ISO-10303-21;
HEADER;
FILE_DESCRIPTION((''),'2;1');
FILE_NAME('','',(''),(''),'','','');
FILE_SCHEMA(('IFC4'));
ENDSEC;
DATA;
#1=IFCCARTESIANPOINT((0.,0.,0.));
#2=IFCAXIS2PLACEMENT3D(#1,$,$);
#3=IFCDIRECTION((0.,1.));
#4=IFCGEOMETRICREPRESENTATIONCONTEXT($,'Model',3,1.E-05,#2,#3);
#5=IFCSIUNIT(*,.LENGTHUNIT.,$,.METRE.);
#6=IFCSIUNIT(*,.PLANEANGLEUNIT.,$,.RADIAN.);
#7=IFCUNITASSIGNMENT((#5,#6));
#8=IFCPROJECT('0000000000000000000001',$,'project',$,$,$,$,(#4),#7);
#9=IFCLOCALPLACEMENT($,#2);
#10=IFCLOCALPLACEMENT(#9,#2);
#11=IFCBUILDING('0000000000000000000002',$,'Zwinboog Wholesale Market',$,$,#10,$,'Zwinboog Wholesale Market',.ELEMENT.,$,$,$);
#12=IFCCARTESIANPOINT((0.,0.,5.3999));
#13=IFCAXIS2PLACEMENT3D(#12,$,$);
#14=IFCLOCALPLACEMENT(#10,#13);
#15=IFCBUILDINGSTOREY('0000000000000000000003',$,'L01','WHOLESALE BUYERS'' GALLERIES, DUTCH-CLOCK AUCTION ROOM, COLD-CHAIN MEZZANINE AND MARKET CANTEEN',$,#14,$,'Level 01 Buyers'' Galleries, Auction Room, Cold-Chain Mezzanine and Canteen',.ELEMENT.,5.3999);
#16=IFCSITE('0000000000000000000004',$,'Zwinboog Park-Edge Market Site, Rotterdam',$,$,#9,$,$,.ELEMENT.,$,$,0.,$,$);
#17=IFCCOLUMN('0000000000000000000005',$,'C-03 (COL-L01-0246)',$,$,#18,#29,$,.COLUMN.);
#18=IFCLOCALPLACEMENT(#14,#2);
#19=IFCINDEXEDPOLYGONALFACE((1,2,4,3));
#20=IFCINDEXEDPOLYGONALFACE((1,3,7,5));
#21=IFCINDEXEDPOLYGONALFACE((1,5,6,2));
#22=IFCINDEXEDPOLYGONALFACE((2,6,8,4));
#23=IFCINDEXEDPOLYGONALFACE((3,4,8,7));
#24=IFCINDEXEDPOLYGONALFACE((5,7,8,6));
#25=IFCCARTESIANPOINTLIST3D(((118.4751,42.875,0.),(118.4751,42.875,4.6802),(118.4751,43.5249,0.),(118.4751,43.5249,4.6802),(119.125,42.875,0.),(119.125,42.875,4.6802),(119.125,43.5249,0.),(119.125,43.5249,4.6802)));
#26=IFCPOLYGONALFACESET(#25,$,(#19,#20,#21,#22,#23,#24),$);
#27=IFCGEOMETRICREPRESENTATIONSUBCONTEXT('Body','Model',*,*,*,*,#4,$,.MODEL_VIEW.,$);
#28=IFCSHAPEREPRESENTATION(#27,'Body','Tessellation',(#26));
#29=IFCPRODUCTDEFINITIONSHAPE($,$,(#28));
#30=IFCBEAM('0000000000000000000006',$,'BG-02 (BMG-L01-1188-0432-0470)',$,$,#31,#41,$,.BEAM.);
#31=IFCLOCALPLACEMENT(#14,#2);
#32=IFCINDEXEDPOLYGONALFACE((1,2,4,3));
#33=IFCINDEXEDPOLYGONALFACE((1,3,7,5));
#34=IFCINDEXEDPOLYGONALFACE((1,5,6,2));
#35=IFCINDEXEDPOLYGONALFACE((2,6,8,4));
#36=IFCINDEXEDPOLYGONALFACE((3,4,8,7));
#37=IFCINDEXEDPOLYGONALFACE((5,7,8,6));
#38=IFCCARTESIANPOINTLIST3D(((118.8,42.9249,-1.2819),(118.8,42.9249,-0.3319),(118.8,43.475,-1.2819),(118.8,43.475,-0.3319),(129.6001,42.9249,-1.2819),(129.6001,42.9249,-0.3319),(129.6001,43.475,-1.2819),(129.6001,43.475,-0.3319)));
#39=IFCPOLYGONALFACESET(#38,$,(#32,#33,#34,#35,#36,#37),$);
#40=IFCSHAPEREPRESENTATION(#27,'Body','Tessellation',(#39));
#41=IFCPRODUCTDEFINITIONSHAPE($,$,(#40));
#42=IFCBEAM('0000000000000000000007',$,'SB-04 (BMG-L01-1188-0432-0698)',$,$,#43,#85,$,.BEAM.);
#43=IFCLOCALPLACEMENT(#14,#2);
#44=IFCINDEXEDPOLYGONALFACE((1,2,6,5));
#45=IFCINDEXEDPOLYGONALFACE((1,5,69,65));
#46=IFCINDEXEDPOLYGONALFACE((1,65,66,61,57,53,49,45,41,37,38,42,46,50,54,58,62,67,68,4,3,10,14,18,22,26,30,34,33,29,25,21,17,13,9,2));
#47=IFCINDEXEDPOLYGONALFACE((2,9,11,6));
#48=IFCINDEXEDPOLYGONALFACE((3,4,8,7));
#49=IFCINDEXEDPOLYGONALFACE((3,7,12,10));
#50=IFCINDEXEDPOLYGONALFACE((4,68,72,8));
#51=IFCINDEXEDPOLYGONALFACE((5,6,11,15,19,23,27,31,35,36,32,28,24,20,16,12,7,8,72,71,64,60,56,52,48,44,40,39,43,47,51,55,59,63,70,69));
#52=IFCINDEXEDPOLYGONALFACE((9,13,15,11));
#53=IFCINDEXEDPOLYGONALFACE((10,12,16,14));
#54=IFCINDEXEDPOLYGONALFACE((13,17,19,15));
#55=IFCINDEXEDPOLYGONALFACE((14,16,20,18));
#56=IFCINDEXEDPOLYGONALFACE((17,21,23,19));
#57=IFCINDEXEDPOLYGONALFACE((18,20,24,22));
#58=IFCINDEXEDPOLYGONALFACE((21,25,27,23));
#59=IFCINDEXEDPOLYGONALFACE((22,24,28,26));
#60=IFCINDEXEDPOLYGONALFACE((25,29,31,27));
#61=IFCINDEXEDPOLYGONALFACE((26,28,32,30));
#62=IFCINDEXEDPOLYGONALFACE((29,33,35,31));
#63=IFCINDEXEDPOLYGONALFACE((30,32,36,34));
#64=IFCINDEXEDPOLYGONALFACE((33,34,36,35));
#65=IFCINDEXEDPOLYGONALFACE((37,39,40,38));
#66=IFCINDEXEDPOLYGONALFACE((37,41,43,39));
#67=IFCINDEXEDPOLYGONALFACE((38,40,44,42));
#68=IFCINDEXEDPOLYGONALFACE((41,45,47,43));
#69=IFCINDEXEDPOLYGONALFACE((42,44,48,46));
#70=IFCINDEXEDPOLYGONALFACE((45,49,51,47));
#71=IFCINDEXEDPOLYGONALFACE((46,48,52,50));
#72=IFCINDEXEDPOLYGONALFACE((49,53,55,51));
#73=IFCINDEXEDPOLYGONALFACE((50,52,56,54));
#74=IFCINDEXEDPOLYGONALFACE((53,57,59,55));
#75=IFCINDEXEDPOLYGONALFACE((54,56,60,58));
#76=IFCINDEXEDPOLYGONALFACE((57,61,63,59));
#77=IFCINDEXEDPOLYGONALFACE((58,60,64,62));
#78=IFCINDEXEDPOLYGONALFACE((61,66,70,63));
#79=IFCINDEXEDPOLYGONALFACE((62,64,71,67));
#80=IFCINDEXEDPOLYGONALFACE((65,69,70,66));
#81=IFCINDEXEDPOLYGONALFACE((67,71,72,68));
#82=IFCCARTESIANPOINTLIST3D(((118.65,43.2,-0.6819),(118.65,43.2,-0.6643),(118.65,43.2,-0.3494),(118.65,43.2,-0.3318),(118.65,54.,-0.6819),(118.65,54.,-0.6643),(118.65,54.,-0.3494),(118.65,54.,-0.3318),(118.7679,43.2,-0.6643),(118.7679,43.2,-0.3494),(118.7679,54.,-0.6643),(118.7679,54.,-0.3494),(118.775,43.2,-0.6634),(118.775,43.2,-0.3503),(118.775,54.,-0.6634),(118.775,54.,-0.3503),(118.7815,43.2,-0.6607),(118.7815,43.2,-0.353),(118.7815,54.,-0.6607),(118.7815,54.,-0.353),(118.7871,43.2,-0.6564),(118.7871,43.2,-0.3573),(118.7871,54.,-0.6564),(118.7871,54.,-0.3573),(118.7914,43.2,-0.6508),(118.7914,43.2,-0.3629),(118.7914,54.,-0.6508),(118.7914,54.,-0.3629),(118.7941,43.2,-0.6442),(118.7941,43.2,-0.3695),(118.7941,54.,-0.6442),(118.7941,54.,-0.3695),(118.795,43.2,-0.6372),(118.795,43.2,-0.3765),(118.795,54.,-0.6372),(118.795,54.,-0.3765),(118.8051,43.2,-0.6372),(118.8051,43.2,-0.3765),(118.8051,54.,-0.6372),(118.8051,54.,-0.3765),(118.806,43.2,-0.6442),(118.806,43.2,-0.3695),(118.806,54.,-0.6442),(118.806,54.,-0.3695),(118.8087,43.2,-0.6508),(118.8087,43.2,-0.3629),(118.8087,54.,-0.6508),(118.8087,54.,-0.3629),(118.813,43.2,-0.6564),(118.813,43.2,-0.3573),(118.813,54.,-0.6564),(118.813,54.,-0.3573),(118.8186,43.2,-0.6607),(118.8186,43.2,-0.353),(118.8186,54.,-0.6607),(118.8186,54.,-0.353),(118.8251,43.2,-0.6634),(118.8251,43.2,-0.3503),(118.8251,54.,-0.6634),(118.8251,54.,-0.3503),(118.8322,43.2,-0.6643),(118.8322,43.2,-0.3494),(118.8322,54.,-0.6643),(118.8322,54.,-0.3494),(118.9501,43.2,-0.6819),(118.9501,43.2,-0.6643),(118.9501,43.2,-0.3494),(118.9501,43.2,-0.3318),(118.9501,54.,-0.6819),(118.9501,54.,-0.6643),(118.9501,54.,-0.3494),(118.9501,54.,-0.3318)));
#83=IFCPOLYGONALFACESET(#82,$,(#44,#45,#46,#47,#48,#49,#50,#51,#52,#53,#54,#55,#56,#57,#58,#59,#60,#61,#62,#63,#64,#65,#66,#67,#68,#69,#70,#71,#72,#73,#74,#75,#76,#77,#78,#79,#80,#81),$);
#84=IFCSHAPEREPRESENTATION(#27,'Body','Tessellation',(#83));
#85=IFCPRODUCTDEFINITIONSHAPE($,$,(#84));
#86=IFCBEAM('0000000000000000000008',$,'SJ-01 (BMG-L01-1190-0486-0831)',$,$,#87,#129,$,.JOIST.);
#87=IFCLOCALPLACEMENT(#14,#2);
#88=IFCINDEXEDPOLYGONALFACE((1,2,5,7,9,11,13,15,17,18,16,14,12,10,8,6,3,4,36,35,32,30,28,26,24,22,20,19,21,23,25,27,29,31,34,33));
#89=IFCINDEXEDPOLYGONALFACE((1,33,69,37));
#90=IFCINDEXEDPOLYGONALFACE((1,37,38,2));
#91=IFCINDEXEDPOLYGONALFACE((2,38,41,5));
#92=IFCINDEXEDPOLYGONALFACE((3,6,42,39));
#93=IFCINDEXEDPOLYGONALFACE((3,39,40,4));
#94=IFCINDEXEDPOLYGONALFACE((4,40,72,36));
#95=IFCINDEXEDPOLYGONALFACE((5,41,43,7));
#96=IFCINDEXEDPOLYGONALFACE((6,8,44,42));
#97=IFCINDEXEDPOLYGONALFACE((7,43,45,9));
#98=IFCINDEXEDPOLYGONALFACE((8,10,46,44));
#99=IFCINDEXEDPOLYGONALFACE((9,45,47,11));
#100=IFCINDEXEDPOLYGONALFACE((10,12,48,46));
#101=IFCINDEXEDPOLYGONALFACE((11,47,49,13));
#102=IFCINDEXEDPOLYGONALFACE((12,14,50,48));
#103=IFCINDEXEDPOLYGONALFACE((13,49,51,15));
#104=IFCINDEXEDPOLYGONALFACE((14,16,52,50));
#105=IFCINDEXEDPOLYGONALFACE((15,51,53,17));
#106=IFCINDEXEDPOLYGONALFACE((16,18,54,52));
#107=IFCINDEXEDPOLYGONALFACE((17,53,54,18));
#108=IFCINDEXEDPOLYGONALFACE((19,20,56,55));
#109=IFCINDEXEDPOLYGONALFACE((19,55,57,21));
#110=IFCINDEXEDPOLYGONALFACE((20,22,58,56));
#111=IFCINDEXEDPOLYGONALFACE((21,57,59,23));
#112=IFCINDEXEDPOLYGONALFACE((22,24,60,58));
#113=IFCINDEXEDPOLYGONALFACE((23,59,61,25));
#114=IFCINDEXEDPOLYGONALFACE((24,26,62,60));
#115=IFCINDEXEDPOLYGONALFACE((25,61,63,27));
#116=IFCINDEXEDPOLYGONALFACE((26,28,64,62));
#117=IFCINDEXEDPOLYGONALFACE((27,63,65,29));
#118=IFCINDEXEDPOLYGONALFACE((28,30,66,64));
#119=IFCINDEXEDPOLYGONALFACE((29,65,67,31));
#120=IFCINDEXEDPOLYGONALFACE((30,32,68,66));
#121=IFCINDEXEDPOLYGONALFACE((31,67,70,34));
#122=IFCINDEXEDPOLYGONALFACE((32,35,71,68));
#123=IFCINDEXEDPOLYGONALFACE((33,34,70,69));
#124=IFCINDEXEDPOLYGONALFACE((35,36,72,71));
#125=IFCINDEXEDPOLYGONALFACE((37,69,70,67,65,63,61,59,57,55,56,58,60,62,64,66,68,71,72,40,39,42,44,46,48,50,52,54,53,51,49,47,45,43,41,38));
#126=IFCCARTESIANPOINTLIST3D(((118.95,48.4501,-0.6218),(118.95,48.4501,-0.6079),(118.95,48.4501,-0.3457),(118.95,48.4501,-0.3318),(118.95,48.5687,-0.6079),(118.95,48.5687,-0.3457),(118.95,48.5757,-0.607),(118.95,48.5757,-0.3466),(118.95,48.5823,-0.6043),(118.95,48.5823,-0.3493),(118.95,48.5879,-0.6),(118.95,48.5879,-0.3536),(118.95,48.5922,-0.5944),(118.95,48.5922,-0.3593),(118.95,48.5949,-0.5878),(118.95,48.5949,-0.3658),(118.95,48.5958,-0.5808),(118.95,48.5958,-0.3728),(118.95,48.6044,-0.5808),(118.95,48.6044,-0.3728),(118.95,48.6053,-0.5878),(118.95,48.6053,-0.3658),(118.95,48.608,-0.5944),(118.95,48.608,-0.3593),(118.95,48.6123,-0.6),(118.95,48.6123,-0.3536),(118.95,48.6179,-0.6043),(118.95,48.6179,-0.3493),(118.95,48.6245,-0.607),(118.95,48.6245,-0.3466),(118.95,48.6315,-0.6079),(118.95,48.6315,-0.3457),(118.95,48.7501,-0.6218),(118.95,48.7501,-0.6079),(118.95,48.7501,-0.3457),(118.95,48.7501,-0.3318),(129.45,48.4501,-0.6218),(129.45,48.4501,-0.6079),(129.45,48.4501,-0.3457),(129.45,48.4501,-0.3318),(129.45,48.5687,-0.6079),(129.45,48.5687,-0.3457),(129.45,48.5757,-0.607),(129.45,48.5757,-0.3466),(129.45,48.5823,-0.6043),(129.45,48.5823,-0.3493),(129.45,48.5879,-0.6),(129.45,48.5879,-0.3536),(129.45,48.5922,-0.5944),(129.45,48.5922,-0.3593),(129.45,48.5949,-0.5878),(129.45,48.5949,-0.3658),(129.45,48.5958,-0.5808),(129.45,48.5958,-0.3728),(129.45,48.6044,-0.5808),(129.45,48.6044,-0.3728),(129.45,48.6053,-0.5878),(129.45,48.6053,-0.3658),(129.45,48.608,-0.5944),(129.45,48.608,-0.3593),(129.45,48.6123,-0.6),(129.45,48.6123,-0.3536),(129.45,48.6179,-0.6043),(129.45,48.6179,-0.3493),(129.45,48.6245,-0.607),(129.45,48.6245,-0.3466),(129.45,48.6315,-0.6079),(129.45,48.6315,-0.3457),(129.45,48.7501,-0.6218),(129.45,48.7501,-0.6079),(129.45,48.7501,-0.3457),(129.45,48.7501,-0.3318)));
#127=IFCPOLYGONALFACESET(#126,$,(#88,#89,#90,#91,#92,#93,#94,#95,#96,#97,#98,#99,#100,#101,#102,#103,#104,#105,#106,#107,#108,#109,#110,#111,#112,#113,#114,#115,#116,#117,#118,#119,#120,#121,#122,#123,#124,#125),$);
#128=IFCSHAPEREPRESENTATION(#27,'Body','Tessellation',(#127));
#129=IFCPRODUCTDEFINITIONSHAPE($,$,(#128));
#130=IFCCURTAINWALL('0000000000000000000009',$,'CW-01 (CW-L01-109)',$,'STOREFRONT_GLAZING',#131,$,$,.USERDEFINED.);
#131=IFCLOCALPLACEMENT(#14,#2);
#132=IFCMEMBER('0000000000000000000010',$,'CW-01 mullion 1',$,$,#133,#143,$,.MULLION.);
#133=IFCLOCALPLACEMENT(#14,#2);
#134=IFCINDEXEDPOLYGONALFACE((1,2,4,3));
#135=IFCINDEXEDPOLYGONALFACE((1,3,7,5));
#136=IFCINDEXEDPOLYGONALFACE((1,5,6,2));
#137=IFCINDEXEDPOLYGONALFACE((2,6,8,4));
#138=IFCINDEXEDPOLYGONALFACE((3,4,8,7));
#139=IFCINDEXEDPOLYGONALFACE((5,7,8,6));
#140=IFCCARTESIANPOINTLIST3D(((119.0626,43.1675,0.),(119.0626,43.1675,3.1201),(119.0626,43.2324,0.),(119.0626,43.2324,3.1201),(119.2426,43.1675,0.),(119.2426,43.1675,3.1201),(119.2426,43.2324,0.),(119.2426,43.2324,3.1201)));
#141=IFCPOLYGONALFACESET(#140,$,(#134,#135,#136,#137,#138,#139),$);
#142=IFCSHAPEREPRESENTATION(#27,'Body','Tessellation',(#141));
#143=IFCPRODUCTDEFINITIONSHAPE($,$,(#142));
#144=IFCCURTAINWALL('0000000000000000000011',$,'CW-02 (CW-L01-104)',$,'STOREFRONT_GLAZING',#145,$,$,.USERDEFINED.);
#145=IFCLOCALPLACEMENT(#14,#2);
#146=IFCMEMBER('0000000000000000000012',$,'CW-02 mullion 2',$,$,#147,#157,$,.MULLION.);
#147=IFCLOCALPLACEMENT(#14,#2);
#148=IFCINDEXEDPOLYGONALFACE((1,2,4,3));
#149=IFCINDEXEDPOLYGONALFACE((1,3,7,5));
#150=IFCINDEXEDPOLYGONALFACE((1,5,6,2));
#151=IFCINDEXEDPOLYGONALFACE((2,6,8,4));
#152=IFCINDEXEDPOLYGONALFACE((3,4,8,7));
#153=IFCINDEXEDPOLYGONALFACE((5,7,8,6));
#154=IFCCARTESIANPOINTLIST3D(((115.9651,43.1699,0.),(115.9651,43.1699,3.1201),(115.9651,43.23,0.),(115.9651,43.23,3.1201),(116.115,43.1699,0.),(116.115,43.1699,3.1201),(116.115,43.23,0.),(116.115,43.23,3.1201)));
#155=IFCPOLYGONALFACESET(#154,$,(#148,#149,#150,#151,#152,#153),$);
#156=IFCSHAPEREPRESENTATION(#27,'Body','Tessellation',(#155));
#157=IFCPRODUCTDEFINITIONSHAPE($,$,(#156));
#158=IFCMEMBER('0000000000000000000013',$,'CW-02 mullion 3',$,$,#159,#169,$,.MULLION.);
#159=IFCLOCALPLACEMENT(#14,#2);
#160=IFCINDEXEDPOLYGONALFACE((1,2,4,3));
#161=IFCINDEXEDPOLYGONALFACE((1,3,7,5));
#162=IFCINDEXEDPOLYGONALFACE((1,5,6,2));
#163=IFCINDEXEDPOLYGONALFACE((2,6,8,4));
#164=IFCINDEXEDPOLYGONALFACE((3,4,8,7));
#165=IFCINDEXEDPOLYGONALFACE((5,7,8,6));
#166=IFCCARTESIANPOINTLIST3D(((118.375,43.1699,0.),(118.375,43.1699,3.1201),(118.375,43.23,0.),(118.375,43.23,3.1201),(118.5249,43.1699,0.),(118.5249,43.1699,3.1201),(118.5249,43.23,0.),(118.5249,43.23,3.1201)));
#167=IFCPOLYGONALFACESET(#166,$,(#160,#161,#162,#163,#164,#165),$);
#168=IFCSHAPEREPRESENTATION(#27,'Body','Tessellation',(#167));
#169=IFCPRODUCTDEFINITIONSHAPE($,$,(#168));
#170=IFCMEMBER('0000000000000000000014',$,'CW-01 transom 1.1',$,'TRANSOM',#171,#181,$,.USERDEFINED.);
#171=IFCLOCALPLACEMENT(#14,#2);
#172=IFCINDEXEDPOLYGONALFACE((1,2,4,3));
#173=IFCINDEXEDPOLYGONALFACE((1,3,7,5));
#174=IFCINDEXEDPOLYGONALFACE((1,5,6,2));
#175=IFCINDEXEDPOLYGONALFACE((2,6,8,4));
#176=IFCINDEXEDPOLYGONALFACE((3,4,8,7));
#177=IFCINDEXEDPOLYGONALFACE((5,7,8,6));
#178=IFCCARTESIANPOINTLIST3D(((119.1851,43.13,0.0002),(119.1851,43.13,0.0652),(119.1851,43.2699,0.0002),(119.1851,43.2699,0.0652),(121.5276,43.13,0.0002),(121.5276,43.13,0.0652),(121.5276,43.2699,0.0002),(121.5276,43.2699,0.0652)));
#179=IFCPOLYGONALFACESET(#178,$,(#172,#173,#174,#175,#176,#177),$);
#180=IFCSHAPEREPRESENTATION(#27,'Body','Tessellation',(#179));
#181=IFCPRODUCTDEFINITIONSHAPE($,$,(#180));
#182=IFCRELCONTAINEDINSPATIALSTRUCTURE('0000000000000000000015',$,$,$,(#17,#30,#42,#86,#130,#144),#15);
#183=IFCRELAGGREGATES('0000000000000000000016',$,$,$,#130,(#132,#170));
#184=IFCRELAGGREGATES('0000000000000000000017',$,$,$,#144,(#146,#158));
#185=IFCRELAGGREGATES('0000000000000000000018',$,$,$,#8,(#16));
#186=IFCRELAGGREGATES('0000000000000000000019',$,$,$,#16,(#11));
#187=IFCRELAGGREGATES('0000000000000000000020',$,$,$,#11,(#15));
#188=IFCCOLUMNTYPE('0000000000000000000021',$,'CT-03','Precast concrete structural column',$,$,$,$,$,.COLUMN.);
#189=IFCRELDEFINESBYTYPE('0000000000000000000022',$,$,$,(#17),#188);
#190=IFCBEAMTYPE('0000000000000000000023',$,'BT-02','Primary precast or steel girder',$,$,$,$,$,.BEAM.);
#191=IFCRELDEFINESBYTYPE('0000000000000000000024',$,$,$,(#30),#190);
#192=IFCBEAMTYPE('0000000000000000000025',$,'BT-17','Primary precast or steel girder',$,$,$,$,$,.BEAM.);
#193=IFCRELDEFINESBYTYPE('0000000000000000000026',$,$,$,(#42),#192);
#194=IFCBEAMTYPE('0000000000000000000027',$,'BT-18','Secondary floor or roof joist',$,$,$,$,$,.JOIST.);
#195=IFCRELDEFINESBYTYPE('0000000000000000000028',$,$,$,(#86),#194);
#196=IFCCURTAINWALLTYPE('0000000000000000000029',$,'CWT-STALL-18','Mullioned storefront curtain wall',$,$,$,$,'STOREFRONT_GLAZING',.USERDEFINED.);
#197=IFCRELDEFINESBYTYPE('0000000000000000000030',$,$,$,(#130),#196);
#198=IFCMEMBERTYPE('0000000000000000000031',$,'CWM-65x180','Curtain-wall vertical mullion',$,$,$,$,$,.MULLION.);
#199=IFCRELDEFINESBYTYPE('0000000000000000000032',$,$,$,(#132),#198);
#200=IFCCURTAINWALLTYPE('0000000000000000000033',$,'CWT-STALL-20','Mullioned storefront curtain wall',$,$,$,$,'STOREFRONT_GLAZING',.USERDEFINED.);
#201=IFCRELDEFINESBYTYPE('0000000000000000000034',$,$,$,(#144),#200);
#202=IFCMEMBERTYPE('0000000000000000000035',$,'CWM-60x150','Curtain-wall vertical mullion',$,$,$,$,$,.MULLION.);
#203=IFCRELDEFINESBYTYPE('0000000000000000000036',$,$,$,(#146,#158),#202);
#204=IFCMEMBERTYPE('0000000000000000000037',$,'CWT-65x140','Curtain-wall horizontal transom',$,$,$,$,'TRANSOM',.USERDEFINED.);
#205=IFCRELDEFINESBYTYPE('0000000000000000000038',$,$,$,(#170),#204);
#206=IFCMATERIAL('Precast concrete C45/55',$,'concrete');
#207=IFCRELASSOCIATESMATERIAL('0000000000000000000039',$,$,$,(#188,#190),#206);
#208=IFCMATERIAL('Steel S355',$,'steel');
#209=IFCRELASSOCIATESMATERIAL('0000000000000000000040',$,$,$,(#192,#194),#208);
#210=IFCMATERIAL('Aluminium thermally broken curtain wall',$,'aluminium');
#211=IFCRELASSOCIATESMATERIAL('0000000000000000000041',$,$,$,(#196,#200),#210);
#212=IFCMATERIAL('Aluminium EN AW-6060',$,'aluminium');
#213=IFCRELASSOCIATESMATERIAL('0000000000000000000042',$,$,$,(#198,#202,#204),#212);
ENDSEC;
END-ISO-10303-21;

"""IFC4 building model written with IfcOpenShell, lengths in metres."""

from ifc_helpers import new_model, si_unit, direction, frame, origin, origin_2d, place, context, subcontext, project, spatial, rectangle, i_section, extrude, material, material_profile, profile_set, type_object, element, aggregate, save


model = new_model("IFC4")

# Units and contexts
model_context = context("Model", 3, precision=1e-05, world=origin(), true_north=direction((0.0, 1.0)))
body_context = subcontext(model_context, "Body", "Model", "MODEL_VIEW")
ifc_project = project(units=[si_unit("LENGTHUNIT", "METRE"), si_unit("PLANEANGLEUNIT", "RADIAN")], contexts=[model_context])

# Site, building, storey
site_placement = place(None, origin())
site = spatial("IfcSite", under=ifc_project, at=site_placement, Name="Zwinboog Park-Edge Market Site, Rotterdam", CompositionType="ELEMENT", RefElevation=0.0)
building_placement = place(site_placement, origin())
building = spatial("IfcBuilding", under=site, at=building_placement, Name="Zwinboog Wholesale Market", LongName="Zwinboog Wholesale Market", CompositionType="ELEMENT")
storey_placement = place(building_placement, frame((0.0, 0.0, 5.3999)))
storey = spatial("IfcBuildingStorey", under=building, at=storey_placement, Name="L01", Description="WHOLESALE BUYERS' GALLERIES, DUTCH-CLOCK AUCTION ROOM, COLD-CHAIN MEZZANINE AND MARKET CANTEEN", LongName="Level 01 Buyers' Galleries, Auction Room, Cold-Chain Mezzanine and Canteen", CompositionType="ELEMENT", Elevation=5.3999)

# Column
ifc_material_1 = material(Name="Precast concrete C45/55", Category="concrete")
ifc_material_profile_1 = material_profile(ifc_material_1, rectangle(XDim=0.6499, YDim=0.6499, at=origin_2d()), Name="PC 650x650")
ifc_profile_set_1 = profile_set([ifc_material_profile_1], Name="Precast concrete C45/55")
column_type = type_object("IfcColumnType", Name="CT-03", Description="Precast concrete structural column", PredefinedType="COLUMN", material=ifc_profile_set_1)
column_placement = place(storey_placement, frame((118.8, 43.2, 0.0), z_axis=(0.0, 0.0, 1.0), x_axis=(1.0, 0.0, 0.0)))
element("IfcColumn", 1, at=column_placement, inside=storey, type_object=column_type, Name="C-03 (COL-L01-0246)", PredefinedType="COLUMN", context=body_context, shape_type="SweptSolid", body=[
    extrude(rectangle(XDim=0.6499, YDim=0.6499, at=origin_2d()), origin(), (0.0, 0.0, 1.0), 4.6802),
])

# Beams
ifc_material_profile_2 = material_profile(ifc_material_1, rectangle(XDim=0.55, YDim=0.95, at=origin_2d()), Name="PC 550x950")
ifc_profile_set_2 = profile_set([ifc_material_profile_2], Name="Precast concrete C45/55")
beam_type_1 = type_object("IfcBeamType", Name="BT-02", Description="Primary precast or steel girder", PredefinedType="BEAM", material=ifc_profile_set_2)
beam_1_placement = place(storey_placement, frame((118.8, 43.2, -0.8069), z_axis=(1.0, 0.0, 0.0), x_axis=(0.0, 1.0, 0.0)))
element("IfcBeam", 2, at=beam_1_placement, inside=storey, type_object=beam_type_1, Name="BG-02 (BMG-L01-1188-0432-0470)", PredefinedType="BEAM", context=body_context, shape_type="SweptSolid", body=[
    extrude(rectangle(XDim=0.55, YDim=0.95, at=origin_2d()), origin(), (0.0, 0.0, 1.0), 10.8),
])
ifc_material_2 = material(Name="Steel S355", Category="steel")
ifc_material_profile_3 = material_profile(ifc_material_2, i_section(OverallWidth=0.3, OverallDepth=0.3501, WebThickness=0.01, FlangeThickness=0.0176, FilletRadius=0.0271, at=origin_2d()), Name="HEA 360")
ifc_profile_set_3 = profile_set([ifc_material_profile_3], Name="Steel S355")
beam_type_2 = type_object("IfcBeamType", Name="BT-17", Description="Primary precast or steel girder", PredefinedType="BEAM", material=ifc_profile_set_3)
beam_2_placement = place(storey_placement, frame((118.8, 43.2, -0.5068), z_axis=(0.0, 1.0, 0.0), x_axis=(-1.0, 0.0, 0.0)))
element("IfcBeam", 3, at=beam_2_placement, inside=storey, type_object=beam_type_2, Name="SB-04 (BMG-L01-1188-0432-0698)", PredefinedType="BEAM", context=body_context, shape_type="SweptSolid", body=[
    extrude(i_section(OverallWidth=0.3, OverallDepth=0.3501, WebThickness=0.01, FlangeThickness=0.0176, FilletRadius=0.0271, at=origin_2d()), origin(), (0.0, 0.0, 1.0), 10.8),
])
ifc_material_profile_4 = material_profile(ifc_material_2, i_section(OverallWidth=0.3, OverallDepth=0.29, WebThickness=0.0085, FlangeThickness=0.0139, FilletRadius=0.0271, at=origin_2d()), Name="HEA 300")
ifc_profile_set_4 = profile_set([ifc_material_profile_4], Name="Steel S355")
beam_type_3 = type_object("IfcBeamType", Name="BT-18", Description="Secondary floor or roof joist", PredefinedType="JOIST", material=ifc_profile_set_4)
beam_3_placement = place(storey_placement, frame((118.95, 48.6001, -0.4768), z_axis=(1.0, 0.0, 0.0), x_axis=(0.0, 1.0, 0.0)))
element("IfcBeam", 4, at=beam_3_placement, inside=storey, type_object=beam_type_3, Name="SJ-01 (BMG-L01-1190-0486-0831)", PredefinedType="JOIST", context=body_context, shape_type="SweptSolid", body=[
    extrude(i_section(OverallWidth=0.3, OverallDepth=0.29, WebThickness=0.0085, FlangeThickness=0.0139, FilletRadius=0.0271, at=origin_2d()), origin(), (0.0, 0.0, 1.0), 10.5),
])

# Curtain wall, member
ifc_material_3 = material(Name="Aluminium thermally broken curtain wall", Category="aluminium")
curtain_wall_type_1 = type_object("IfcCurtainWallType", Name="CWT-STALL-18", Description="Mullioned storefront curtain wall", ElementType="STOREFRONT_GLAZING", PredefinedType="USERDEFINED", material=ifc_material_3)
curtain_wall_1_placement = place(storey_placement, origin())
curtain_wall_1 = element("IfcCurtainWall", 5, at=curtain_wall_1_placement, inside=storey, type_object=curtain_wall_type_1, Name="CW-01 (CW-L01-109)", ObjectType="STOREFRONT_GLAZING", PredefinedType="USERDEFINED")
ifc_material_4 = material(Name="Aluminium EN AW-6060", Category="aluminium")
ifc_material_profile_5 = material_profile(ifc_material_4, rectangle(XDim=0.0649, YDim=0.1799, at=origin_2d()), Name="AL 65x180")
ifc_profile_set_5 = profile_set([ifc_material_profile_5], Name="Aluminium EN AW-6060")
member_type_1 = type_object("IfcMemberType", Name="CWM-65x180", Description="Curtain-wall vertical mullion", PredefinedType="MULLION", material=ifc_profile_set_5)
member_1_placement = place(storey_placement, frame((119.1526, 43.2, 0.0), z_axis=(0.0, 0.0, 1.0), x_axis=(0.0, 1.0, 0.0)))
member_1 = element("IfcMember", 6, at=member_1_placement, type_object=member_type_1, Name="CW-01 mullion 1", PredefinedType="MULLION", context=body_context, shape_type="SweptSolid", body=[
    extrude(rectangle(XDim=0.0649, YDim=0.1799, at=origin_2d()), origin(), (0.0, 0.0, 1.0), 3.1201),
])

# Curtain wall, members
curtain_wall_type_2 = type_object("IfcCurtainWallType", Name="CWT-STALL-20", Description="Mullioned storefront curtain wall", ElementType="STOREFRONT_GLAZING", PredefinedType="USERDEFINED", material=ifc_material_3)
curtain_wall_2_placement = place(storey_placement, origin())
curtain_wall_2 = element("IfcCurtainWall", 7, at=curtain_wall_2_placement, inside=storey, type_object=curtain_wall_type_2, Name="CW-02 (CW-L01-104)", ObjectType="STOREFRONT_GLAZING", PredefinedType="USERDEFINED")
ifc_material_profile_6 = material_profile(ifc_material_4, rectangle(XDim=0.0601, YDim=0.1499, at=origin_2d()), Name="AL 60x150")
ifc_profile_set_6 = profile_set([ifc_material_profile_6], Name="Aluminium EN AW-6060")
member_type_2 = type_object("IfcMemberType", Name="CWM-60x150", Description="Curtain-wall vertical mullion", PredefinedType="MULLION", material=ifc_profile_set_6)
member_2_placement = place(storey_placement, frame((116.04, 43.2, 0.0), z_axis=(0.0, 0.0, 1.0), x_axis=(0.0, 1.0, 0.0)))
member_2 = element("IfcMember", 8, at=member_2_placement, type_object=member_type_2, Name="CW-02 mullion 2", PredefinedType="MULLION", context=body_context, shape_type="SweptSolid", body=[
    extrude(rectangle(XDim=0.0601, YDim=0.1499, at=origin_2d()), origin(), (0.0, 0.0, 1.0), 3.1201),
])
member_3_placement = place(storey_placement, frame((118.45, 43.2, 0.0), z_axis=(0.0, 0.0, 1.0), x_axis=(0.0, 1.0, 0.0)))
member_3 = element("IfcMember", 9, at=member_3_placement, type_object=member_type_2, Name="CW-02 mullion 3", PredefinedType="MULLION", context=body_context, shape_type="SweptSolid", body=[
    extrude(rectangle(XDim=0.0601, YDim=0.1499, at=origin_2d()), origin(), (0.0, 0.0, 1.0), 3.1201),
])

# Member
ifc_material_profile_7 = material_profile(ifc_material_4, rectangle(XDim=0.1399, YDim=0.0649, at=origin_2d()), Name="AL 65x140")
ifc_profile_set_7 = profile_set([ifc_material_profile_7], Name="Aluminium EN AW-6060")
member_type_3 = type_object("IfcMemberType", Name="CWT-65x140", Description="Curtain-wall horizontal transom", ElementType="TRANSOM", PredefinedType="USERDEFINED", material=ifc_profile_set_7)
member_4_placement = place(storey_placement, frame((119.1851, 43.2, 0.0327), z_axis=(1.0, 0.0, 0.0), x_axis=(0.0, 1.0, 0.0)))
member_4 = element("IfcMember", 10, at=member_4_placement, type_object=member_type_3, Name="CW-01 transom 1.1", ObjectType="TRANSOM", PredefinedType="USERDEFINED", context=body_context, shape_type="SweptSolid", body=[
    extrude(rectangle(XDim=0.1399, YDim=0.0649, at=origin_2d()), origin(), (0.0, 0.0, 1.0), 2.3425),
])
aggregate(curtain_wall_1, [member_1, member_4])

aggregate(curtain_wall_2, [member_2, member_3])

save(model, "model.ifc")
